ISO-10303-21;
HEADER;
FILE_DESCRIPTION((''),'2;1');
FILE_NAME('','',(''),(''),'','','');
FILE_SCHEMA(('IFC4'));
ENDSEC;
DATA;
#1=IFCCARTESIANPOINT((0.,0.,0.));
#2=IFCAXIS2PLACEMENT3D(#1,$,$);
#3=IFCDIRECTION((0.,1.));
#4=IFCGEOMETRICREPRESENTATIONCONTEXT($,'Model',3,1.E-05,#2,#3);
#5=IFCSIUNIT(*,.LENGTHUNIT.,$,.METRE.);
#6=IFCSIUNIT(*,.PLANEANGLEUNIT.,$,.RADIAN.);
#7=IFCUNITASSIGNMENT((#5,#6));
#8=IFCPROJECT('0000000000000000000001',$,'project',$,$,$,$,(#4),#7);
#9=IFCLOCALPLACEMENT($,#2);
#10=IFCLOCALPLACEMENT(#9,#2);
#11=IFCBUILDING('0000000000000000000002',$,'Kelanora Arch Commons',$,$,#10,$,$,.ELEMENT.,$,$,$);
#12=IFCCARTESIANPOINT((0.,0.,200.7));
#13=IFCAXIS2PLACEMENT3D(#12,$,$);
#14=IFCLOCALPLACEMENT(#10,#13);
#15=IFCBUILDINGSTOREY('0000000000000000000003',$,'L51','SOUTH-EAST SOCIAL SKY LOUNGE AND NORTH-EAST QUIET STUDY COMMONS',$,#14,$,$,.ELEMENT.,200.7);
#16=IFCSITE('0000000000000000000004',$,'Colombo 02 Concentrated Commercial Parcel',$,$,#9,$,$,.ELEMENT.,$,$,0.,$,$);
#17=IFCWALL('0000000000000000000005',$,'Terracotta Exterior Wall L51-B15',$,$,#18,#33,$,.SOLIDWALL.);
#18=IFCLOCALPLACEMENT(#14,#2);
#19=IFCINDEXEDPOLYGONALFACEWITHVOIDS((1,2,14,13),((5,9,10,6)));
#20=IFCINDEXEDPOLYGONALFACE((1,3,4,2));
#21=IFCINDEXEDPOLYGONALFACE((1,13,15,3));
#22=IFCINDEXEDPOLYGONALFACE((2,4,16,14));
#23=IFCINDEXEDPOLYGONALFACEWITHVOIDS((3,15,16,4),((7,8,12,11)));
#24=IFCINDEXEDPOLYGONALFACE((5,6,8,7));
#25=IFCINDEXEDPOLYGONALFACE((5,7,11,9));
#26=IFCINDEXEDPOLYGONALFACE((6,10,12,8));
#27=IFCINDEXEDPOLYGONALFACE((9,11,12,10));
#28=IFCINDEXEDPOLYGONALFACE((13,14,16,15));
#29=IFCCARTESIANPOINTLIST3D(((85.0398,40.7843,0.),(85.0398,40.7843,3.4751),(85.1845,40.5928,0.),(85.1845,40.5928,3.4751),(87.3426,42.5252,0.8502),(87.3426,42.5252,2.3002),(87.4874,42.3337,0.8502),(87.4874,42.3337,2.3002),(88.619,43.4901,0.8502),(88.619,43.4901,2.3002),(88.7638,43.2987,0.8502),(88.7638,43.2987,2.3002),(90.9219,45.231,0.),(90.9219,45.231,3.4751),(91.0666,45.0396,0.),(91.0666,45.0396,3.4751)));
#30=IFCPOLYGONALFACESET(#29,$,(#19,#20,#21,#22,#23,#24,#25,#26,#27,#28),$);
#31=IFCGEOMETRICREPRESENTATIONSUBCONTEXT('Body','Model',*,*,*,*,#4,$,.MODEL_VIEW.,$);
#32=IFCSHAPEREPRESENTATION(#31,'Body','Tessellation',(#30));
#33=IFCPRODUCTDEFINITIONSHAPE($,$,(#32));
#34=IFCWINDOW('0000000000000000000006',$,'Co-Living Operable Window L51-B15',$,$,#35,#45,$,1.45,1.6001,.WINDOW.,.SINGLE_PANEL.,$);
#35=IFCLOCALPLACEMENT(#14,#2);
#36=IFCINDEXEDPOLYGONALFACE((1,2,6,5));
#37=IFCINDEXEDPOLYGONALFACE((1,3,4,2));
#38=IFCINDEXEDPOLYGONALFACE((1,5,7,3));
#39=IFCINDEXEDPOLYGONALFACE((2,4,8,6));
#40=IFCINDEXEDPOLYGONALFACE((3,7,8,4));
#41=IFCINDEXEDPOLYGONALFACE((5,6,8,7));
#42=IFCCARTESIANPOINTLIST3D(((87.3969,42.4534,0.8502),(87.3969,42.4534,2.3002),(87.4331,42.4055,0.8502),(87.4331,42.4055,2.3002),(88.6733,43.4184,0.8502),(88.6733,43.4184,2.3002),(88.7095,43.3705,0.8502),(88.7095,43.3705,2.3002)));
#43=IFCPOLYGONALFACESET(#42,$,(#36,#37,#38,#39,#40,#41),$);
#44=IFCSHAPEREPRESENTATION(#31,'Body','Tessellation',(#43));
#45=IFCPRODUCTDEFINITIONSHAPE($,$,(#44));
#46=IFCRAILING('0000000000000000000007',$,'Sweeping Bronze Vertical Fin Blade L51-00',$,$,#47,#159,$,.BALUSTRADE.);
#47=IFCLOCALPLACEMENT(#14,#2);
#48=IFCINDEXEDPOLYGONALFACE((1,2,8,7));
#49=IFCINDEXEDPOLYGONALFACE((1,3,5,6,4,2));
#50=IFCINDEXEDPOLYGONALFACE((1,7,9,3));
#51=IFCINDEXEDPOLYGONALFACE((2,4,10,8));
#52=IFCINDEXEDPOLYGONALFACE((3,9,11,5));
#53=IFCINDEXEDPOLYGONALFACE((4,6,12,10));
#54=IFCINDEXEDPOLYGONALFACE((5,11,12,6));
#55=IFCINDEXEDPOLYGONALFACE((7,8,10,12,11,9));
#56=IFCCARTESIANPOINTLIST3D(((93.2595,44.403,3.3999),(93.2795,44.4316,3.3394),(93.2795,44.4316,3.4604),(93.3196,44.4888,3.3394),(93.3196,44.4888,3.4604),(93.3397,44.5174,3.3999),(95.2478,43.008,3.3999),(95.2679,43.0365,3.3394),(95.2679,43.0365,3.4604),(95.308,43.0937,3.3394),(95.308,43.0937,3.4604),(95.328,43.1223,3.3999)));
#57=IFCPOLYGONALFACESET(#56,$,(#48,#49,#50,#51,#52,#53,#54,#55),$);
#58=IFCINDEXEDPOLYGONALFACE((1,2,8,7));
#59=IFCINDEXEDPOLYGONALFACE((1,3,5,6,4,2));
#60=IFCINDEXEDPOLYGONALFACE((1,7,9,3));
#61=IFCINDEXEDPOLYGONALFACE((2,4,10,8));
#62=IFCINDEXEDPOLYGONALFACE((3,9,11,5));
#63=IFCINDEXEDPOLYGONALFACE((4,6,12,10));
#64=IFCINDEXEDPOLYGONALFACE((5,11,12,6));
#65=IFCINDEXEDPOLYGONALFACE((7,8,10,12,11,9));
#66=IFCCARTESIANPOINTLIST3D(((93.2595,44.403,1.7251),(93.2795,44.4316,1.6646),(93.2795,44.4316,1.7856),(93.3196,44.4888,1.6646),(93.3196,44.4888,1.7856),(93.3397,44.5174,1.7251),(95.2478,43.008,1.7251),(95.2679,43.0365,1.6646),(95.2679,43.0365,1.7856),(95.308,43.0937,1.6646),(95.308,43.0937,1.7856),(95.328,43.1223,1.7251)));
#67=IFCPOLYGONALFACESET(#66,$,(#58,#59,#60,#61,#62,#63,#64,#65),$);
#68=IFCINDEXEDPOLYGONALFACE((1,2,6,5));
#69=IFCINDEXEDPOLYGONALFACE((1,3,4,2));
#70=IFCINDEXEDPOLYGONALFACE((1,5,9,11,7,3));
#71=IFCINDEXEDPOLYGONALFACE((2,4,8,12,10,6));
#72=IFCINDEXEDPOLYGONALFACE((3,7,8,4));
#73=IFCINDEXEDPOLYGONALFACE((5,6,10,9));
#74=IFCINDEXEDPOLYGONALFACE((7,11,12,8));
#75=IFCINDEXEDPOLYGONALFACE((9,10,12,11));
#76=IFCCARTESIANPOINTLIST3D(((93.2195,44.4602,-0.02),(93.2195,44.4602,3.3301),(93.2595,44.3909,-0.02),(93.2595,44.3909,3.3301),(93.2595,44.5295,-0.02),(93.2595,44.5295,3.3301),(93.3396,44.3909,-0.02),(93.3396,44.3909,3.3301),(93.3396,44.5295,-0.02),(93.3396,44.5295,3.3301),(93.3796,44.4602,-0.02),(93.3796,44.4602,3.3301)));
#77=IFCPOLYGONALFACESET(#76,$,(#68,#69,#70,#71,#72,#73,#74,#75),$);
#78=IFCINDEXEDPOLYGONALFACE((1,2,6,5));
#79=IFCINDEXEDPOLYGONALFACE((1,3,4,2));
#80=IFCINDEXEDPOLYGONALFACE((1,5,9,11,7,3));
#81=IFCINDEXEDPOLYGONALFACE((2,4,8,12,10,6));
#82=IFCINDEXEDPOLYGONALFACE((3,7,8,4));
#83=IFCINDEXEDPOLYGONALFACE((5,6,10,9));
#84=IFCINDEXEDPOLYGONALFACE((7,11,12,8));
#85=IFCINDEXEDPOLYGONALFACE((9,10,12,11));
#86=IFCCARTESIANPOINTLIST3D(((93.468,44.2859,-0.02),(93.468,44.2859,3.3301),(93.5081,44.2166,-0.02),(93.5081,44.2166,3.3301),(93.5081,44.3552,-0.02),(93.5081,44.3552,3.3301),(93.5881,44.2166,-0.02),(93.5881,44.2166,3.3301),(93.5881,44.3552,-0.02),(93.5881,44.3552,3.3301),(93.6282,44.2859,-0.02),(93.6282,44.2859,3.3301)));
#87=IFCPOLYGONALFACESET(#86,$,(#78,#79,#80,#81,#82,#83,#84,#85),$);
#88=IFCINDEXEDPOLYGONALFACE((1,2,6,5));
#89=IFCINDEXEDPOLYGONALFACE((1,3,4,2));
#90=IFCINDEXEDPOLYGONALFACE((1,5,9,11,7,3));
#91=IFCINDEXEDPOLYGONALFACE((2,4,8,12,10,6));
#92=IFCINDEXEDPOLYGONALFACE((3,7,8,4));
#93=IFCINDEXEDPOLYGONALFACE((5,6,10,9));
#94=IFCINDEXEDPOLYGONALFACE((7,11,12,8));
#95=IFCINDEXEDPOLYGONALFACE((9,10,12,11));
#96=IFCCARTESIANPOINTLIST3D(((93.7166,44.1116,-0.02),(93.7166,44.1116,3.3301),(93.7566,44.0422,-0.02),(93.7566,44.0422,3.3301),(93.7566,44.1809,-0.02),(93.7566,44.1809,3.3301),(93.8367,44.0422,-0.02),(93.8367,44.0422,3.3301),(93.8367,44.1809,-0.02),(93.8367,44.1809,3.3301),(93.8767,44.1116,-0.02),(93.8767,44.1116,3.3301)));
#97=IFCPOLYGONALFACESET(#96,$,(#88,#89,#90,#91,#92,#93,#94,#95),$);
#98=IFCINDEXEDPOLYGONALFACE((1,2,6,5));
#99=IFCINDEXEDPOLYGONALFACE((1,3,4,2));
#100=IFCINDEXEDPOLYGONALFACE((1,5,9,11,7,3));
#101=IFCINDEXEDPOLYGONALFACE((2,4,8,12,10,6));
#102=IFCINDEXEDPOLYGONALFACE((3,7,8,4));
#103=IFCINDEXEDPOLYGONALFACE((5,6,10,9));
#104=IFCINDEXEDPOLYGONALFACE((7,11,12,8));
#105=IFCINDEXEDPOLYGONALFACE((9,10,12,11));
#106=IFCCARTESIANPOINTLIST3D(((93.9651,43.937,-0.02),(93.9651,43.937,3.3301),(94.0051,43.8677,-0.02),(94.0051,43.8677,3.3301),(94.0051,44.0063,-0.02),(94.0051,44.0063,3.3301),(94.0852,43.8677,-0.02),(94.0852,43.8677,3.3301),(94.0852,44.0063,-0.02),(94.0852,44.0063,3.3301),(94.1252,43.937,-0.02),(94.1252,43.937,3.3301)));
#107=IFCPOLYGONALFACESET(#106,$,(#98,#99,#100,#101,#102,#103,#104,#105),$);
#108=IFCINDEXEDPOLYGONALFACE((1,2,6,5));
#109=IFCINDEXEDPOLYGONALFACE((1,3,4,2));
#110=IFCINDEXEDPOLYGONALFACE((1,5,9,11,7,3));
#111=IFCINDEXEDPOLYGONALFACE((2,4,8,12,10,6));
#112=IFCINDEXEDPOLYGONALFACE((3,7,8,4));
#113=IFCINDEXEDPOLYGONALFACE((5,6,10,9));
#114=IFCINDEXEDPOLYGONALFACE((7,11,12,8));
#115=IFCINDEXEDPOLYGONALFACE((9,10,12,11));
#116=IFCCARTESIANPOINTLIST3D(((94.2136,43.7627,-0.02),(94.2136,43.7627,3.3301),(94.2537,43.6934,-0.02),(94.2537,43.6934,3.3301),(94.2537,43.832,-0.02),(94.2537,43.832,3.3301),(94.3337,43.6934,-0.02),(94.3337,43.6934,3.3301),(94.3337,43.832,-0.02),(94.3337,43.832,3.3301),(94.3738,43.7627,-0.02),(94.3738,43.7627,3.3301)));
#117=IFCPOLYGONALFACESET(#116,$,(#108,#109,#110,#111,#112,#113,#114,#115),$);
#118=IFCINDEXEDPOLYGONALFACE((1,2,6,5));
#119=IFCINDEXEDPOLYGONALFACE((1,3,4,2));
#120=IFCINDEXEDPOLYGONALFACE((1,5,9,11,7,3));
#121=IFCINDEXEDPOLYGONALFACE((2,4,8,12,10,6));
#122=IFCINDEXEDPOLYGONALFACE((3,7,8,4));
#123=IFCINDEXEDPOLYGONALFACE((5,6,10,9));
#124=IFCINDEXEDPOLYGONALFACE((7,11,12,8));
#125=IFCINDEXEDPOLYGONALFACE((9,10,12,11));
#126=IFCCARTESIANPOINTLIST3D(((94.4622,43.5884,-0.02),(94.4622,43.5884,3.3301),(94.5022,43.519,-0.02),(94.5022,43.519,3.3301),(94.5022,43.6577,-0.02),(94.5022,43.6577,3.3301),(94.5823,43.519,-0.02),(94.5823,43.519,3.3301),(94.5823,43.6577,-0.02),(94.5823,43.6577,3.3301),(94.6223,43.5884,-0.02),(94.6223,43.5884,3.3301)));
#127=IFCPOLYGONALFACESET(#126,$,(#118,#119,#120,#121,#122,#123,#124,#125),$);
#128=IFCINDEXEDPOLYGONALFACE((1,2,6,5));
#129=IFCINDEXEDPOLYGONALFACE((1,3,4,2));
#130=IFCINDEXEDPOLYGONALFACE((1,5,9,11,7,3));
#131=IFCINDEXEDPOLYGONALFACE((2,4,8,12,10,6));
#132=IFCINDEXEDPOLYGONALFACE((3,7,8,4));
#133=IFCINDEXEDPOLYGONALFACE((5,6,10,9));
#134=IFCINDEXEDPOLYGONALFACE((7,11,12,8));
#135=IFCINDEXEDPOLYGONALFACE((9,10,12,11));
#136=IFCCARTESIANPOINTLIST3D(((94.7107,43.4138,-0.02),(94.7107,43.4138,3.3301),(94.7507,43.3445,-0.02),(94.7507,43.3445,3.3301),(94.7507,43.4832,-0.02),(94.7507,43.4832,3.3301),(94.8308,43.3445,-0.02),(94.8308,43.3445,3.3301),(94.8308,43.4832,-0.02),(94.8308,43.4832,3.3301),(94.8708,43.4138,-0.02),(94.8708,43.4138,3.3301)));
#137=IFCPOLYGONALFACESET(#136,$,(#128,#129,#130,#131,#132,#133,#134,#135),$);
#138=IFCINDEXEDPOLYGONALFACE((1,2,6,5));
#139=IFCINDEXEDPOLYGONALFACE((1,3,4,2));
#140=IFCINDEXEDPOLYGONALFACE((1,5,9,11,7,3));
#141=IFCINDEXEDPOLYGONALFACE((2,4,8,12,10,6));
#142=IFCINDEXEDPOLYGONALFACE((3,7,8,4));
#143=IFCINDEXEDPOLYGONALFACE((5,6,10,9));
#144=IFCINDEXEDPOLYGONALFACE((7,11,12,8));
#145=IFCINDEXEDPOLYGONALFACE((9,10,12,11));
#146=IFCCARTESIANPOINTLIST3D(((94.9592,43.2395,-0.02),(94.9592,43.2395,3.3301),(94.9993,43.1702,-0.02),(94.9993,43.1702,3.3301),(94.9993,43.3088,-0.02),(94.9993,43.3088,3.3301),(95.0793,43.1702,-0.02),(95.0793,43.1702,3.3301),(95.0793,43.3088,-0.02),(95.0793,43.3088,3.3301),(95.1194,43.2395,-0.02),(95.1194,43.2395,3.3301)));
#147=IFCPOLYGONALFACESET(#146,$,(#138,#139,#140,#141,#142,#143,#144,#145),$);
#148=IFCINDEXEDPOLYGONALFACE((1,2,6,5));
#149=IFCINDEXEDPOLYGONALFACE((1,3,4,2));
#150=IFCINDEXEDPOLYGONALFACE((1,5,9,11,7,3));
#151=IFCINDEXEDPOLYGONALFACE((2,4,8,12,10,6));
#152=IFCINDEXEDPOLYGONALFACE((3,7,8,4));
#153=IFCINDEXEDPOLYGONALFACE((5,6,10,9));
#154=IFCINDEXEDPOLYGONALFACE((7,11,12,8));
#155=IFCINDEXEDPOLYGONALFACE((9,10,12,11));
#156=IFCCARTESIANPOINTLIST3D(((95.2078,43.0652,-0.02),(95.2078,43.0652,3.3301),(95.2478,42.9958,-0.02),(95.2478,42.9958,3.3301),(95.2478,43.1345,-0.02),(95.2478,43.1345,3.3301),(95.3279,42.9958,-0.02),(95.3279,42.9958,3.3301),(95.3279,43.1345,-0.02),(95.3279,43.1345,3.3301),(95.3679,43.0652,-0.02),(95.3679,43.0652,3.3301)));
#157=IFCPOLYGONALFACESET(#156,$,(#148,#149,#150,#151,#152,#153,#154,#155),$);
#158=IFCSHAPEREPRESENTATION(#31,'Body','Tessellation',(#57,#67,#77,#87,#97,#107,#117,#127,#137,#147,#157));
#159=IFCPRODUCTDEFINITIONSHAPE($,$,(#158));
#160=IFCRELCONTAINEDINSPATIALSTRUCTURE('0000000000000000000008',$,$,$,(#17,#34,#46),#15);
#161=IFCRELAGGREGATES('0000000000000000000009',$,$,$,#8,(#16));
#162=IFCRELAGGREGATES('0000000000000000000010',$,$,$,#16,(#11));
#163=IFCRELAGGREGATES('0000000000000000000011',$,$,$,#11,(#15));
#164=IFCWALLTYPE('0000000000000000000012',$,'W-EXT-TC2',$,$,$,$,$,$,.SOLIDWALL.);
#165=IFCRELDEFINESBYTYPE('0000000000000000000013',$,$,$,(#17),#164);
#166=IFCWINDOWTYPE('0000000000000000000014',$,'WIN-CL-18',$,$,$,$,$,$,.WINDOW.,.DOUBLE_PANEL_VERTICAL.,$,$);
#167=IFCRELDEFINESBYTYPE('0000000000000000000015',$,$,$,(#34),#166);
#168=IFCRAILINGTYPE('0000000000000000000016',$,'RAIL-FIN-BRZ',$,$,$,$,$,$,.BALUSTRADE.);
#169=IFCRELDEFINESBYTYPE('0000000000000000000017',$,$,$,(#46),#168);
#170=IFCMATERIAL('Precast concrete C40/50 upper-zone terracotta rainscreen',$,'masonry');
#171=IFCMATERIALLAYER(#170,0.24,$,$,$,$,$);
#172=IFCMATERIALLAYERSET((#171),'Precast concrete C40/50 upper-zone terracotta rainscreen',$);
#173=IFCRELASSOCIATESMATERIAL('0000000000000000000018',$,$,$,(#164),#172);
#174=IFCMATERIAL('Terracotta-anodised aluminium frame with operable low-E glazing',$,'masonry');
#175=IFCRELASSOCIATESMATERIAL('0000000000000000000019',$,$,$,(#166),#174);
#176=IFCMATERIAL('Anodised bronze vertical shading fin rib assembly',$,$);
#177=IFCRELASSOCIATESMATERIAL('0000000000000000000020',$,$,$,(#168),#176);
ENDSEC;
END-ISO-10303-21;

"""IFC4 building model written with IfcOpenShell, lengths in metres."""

from ifc_helpers import new_model, si_unit, direction, frame, frame_2d, origin, place, context, subcontext, project, spatial, polyline, rectangle, outline, extrude, material, layer, layer_set, type_object, element, fill, save


model = new_model("IFC4")

# Units and contexts
model_context = context("Model", 3, precision=1e-05, world=origin(), true_north=direction((0.0, 1.0)))
body_context = subcontext(model_context, "Body", "Model", "MODEL_VIEW")
ifc_project = project(units=[si_unit("LENGTHUNIT", "METRE"), si_unit("PLANEANGLEUNIT", "RADIAN")], contexts=[model_context])

# Site, building, storey
site_placement = place(None, origin())
site = spatial("IfcSite", under=ifc_project, at=site_placement, Name="Colombo 02 Concentrated Commercial Parcel", CompositionType="ELEMENT", RefElevation=0.0)
building_placement = place(site_placement, origin())
building = spatial("IfcBuilding", under=site, at=building_placement, Name="Kelanora Arch Commons", CompositionType="ELEMENT")
storey_placement = place(building_placement, frame((0.0, 0.0, 200.7)))
storey = spatial("IfcBuildingStorey", under=building, at=storey_placement, Name="L51", Description="SOUTH-EAST SOCIAL SKY LOUNGE AND NORTH-EAST QUIET STUDY COMMONS", CompositionType="ELEMENT", Elevation=200.7)

# Wall, opening, window
ifc_material_1 = material(Name="Precast concrete C40/50 upper-zone terracotta rainscreen", Category="masonry")
ifc_layer_1 = layer(ifc_material_1, 0.24)
ifc_layer_set_1 = layer_set([ifc_layer_1], Name="Precast concrete C40/50 upper-zone terracotta rainscreen")
wall_type = type_object("IfcWallType", Name="W-EXT-TC2", PredefinedType="SOLIDWALL", material=ifc_layer_set_1)
wall_placement = place(storey_placement, frame((85.1121, 40.6885, 0.0), z_axis=(0.0, 0.0, 1.0), x_axis=(0.797702, 0.603052, 0.0)))
wall = element("IfcWall", 1, at=wall_placement, inside=storey, type_object=wall_type, Name="Terracotta Exterior Wall L51-B15", PredefinedType="SOLIDWALL", context=body_context, shape_type="SweptSolid", body=[
    extrude(rectangle(XDim=7.3738, YDim=0.24, at=frame_2d((3.687, 0.0))), origin(), (0.0, 0.0, 1.0), 3.4751),
])
opening_placement = place(wall_placement, frame((2.887, 0.0, 0.8501)))
opening = element("IfcOpeningElement", 2, at=opening_placement, cuts=wall, PredefinedType="OPENING", context=body_context, shape_type="SweptSolid", body=[
    extrude(rectangle(XDim=1.6001, YDim=1.45, at=frame_2d((0.8, 0.7251))), frame((0.0, 0.1299, 0.0), z_axis=(0.0, -1.0, 0.0), x_axis=(1.0, 0.0, 0.0)), (0.0, 0.0, 1.0), 0.26),
])
ifc_material_2 = material(Name="Terracotta-anodised aluminium frame with operable low-E glazing", Category="masonry")
window_type = type_object("IfcWindowType", Name="WIN-CL-18", PartitioningType="DOUBLE_PANEL_VERTICAL", PredefinedType="WINDOW", material=ifc_material_2)
window_placement = place(opening_placement, origin())
window = element("IfcWindow", 3, at=window_placement, inside=storey, type_object=window_type, Name="Co-Living Operable Window L51-B15", OverallHeight=1.45, OverallWidth=1.6001, PartitioningType="SINGLE_PANEL", PredefinedType="WINDOW", context=body_context, shape_type="SweptSolid", body=[
    extrude(rectangle(XDim=1.6001, YDim=1.45, at=frame_2d((0.8, 0.7251))), frame((0.0, 0.03, 0.0), z_axis=(0.0, -1.0, 0.0), x_axis=(1.0, 0.0, 0.0)), (0.0, 0.0, 1.0), 0.0601),
])
fill(opening, window)

# Railing
ifc_material_3 = material(Name="Anodised bronze vertical shading fin rib assembly")
railing_type = type_object("IfcRailingType", Name="RAIL-FIN-BRZ", PredefinedType="BALUSTRADE", material=ifc_material_3)
railing_1_placement = place(storey_placement, frame((93.2996, 44.4602, -0.02)))
element("IfcRailing", 4, at=railing_1_placement, inside=storey, type_object=railing_type, Name="Sweeping Bronze Vertical Fin Blade L51-00", PredefinedType="BALUSTRADE", context=body_context, shape_type="SweptSolid", body=[
    extrude(outline(polyline([(0.0698, 0.0), (0.0349, 0.0605), (-0.0349, 0.0605), (-0.0698, 0.0), (-0.0349, -0.0605), (0.0349, -0.0605), (0.0698, 0.0)])), frame((0.0, 0.0, 3.4199), z_axis=(0.818608, -0.574352, 0.0), x_axis=(0.574352, 0.818608, 0.0)), (0.0, 0.0, 1.0), 2.429),
    extrude(outline(polyline([(0.0698, 0.0), (0.0349, 0.0605), (-0.0349, 0.0605), (-0.0698, 0.0), (-0.0349, -0.0605), (0.0349, -0.0605), (0.0698, 0.0)])), frame((0.0, 0.0, 1.7451), z_axis=(0.818608, -0.574352, 0.0), x_axis=(0.574352, 0.818608, 0.0)), (0.0, 0.0, 1.0), 2.429),
    extrude(outline(polyline([(0.0801, 0.0), (0.04, 0.0693), (-0.04, 0.0693), (-0.0801, 0.0), (-0.04, -0.0693), (0.04, -0.0693), (0.0801, 0.0)])), origin(), (0.0, 0.0, 1.0), 3.3501),
    extrude(outline(polyline([(0.0801, 0.0), (0.04, 0.0693), (-0.04, 0.0693), (-0.0801, 0.0), (-0.04, -0.0693), (0.04, -0.0693), (0.0801, 0.0)])), frame((0.2485, -0.1743, 0.0)), (0.0, 0.0, 1.0), 3.3501),
    extrude(outline(polyline([(0.0801, 0.0), (0.04, 0.0693), (-0.04, 0.0693), (-0.0801, 0.0), (-0.04, -0.0693), (0.04, -0.0693), (0.0801, 0.0)])), frame((0.4971, -0.3486, 0.0)), (0.0, 0.0, 1.0), 3.3501),
    extrude(outline(polyline([(0.0801, 0.0), (0.04, 0.0693), (-0.04, 0.0693), (-0.0801, 0.0), (-0.04, -0.0693), (0.04, -0.0693), (0.0801, 0.0)])), frame((0.7456, -0.5232, 0.0)), (0.0, 0.0, 1.0), 3.3501),
    extrude(outline(polyline([(0.0801, 0.0), (0.04, 0.0693), (-0.04, 0.0693), (-0.0801, 0.0), (-0.04, -0.0693), (0.04, -0.0693), (0.0801, 0.0)])), frame((0.9941, -0.6975, 0.0)), (0.0, 0.0, 1.0), 3.3501),
    extrude(outline(polyline([(0.0801, 0.0), (0.04, 0.0693), (-0.04, 0.0693), (-0.0801, 0.0), (-0.04, -0.0693), (0.04, -0.0693), (0.0801, 0.0)])), frame((1.2427, -0.8718, 0.0)), (0.0, 0.0, 1.0), 3.3501),
    extrude(outline(polyline([(0.0801, 0.0), (0.04, 0.0693), (-0.04, 0.0693), (-0.0801, 0.0), (-0.04, -0.0693), (0.04, -0.0693), (0.0801, 0.0)])), frame((1.4912, -1.0464, 0.0)), (0.0, 0.0, 1.0), 3.3501),
    extrude(outline(polyline([(0.0801, 0.0), (0.04, 0.0693), (-0.04, 0.0693), (-0.0801, 0.0), (-0.04, -0.0693), (0.04, -0.0693), (0.0801, 0.0)])), frame((1.7397, -1.2207, 0.0)), (0.0, 0.0, 1.0), 3.3501),
    extrude(outline(polyline([(0.0801, 0.0), (0.04, 0.0693), (-0.04, 0.0693), (-0.0801, 0.0), (-0.04, -0.0693), (0.04, -0.0693), (0.0801, 0.0)])), frame((1.9883, -1.395, 0.0)), (0.0, 0.0, 1.0), 3.3501),
])

save(model, "model.ifc")
